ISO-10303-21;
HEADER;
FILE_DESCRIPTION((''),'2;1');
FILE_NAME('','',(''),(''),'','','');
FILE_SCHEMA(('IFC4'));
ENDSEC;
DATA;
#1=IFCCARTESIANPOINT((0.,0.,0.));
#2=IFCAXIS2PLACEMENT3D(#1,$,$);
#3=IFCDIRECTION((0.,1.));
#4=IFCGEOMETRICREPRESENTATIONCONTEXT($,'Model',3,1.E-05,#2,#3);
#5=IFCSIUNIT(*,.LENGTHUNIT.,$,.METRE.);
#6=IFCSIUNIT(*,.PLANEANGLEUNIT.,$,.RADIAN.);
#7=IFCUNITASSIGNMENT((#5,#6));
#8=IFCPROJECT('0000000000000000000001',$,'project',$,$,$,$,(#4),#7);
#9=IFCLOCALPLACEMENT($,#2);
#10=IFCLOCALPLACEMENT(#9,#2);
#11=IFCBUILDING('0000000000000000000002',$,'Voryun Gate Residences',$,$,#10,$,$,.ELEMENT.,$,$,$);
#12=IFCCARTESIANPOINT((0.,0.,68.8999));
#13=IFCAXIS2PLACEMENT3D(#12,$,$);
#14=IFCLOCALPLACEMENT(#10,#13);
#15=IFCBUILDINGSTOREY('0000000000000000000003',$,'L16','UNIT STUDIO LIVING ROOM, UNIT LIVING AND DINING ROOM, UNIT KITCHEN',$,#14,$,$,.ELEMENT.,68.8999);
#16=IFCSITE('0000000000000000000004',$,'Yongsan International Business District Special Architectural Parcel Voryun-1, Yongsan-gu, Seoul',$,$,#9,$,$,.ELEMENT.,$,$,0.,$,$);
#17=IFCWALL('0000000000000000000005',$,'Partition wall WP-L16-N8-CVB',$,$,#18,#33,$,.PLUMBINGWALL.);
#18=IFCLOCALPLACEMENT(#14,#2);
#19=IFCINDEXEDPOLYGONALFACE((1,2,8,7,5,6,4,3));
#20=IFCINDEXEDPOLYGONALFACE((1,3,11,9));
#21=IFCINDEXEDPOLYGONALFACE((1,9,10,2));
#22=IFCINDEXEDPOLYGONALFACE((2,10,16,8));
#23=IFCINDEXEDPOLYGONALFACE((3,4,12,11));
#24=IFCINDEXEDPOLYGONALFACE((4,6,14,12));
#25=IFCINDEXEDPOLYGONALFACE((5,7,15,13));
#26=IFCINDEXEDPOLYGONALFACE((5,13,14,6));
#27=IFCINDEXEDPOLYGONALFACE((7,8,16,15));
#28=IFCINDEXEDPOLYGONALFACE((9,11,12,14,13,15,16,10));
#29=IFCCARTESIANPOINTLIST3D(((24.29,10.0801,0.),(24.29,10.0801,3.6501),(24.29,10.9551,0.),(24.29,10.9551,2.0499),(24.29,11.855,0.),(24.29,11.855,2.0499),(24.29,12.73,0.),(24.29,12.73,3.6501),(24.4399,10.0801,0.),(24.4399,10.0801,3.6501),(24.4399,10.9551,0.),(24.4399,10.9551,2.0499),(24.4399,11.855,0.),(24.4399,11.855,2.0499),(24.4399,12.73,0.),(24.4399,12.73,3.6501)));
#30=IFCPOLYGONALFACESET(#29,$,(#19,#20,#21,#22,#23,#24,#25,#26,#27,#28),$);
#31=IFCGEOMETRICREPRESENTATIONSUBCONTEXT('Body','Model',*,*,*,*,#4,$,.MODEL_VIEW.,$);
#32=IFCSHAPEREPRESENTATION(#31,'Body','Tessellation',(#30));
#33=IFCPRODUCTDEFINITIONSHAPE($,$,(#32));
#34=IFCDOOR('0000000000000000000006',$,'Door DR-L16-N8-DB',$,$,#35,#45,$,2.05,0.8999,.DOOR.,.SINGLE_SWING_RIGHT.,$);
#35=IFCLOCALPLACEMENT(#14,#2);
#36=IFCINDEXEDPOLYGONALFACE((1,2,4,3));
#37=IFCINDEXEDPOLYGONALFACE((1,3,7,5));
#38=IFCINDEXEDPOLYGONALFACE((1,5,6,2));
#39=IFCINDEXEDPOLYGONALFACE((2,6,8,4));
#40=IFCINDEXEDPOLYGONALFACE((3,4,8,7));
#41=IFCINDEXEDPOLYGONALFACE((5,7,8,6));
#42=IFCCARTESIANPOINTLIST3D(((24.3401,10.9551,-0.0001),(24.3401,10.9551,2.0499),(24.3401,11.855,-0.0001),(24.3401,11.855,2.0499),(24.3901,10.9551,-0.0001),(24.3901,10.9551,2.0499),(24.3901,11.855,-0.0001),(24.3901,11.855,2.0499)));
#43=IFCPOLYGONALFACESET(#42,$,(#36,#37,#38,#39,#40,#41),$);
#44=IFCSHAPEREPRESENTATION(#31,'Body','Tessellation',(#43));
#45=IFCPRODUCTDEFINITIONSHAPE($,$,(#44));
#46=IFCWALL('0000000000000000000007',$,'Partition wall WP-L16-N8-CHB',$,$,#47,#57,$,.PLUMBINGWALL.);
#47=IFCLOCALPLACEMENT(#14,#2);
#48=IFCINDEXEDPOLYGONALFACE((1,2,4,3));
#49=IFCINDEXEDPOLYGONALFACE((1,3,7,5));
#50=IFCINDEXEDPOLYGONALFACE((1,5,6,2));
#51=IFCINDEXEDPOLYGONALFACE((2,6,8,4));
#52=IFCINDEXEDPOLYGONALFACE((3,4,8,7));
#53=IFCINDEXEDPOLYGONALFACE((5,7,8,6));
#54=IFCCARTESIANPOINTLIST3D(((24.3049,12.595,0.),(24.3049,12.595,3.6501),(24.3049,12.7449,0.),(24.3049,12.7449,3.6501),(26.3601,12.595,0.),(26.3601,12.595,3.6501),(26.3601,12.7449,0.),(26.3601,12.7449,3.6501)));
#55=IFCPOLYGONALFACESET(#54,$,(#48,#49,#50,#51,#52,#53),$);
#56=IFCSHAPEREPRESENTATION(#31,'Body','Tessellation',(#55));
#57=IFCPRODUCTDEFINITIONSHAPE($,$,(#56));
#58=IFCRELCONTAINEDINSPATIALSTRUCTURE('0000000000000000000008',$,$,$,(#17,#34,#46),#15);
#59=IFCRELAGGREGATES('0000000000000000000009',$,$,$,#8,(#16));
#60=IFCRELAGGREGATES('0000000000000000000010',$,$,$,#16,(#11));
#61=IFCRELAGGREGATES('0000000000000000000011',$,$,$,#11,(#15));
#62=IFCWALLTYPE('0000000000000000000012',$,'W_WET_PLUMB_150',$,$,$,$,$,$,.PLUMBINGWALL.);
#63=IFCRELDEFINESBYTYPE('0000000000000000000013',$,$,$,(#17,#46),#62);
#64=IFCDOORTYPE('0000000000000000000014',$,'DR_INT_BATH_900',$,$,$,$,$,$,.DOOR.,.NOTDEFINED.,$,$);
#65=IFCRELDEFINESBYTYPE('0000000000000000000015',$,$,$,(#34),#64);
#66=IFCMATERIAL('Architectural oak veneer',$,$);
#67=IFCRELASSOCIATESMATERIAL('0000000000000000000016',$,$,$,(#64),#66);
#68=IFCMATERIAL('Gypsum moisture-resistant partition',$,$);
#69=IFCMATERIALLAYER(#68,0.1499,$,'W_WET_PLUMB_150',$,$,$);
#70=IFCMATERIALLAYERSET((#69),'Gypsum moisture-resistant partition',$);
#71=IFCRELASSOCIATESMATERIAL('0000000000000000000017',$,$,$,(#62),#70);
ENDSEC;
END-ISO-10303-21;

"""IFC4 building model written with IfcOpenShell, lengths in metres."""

from ifc_helpers import new_model, si_unit, direction, frame, frame_2d, origin, place, context, subcontext, project, spatial, rectangle, extrude, material, layer, layer_set, type_object, element, fill, save


model = new_model("IFC4")

# Units and contexts
model_context = context("Model", 3, precision=1e-05, world=origin(), true_north=direction((0.0, 1.0)))
body_context = subcontext(model_context, "Body", "Model", "MODEL_VIEW")
ifc_project = project(units=[si_unit("LENGTHUNIT", "METRE"), si_unit("PLANEANGLEUNIT", "RADIAN")], contexts=[model_context])

# Site, building, storey
site_placement = place(None, origin())
site = spatial("IfcSite", under=ifc_project, at=site_placement, Name="Yongsan International Business District Special Architectural Parcel Voryun-1, Yongsan-gu, Seoul", CompositionType="ELEMENT", RefElevation=0.0)
building_placement = place(site_placement, origin())
building = spatial("IfcBuilding", under=site, at=building_placement, Name="Voryun Gate Residences", CompositionType="ELEMENT")
storey_placement = place(building_placement, frame((0.0, 0.0, 68.8999)))
storey = spatial("IfcBuildingStorey", under=building, at=storey_placement, Name="L16", Description="UNIT STUDIO LIVING ROOM, UNIT LIVING AND DINING ROOM, UNIT KITCHEN", CompositionType="ELEMENT", Elevation=68.8999)

# Shared definitions
ifc_material_1 = material(Name="Architectural oak veneer")
door_type = type_object("IfcDoorType", Name="DR_INT_BATH_900", OperationType="NOTDEFINED", PredefinedType="DOOR", material=ifc_material_1)

# Shared definitions
ifc_material_2 = material(Name="Gypsum moisture-resistant partition")
ifc_layer_1 = layer(ifc_material_2, 0.1499, Name="W_WET_PLUMB_150")
ifc_layer_set_1 = layer_set([ifc_layer_1], Name="Gypsum moisture-resistant partition")
wall_type_1 = type_object("IfcWallType", Name="W_WET_PLUMB_150", PredefinedType="PLUMBINGWALL", material=ifc_layer_set_1)

# Wall, opening, door
wall_1_placement = place(storey_placement, frame((24.365, 10.0801, 0.0), z_axis=(0.0, 0.0, 1.0), x_axis=(0.0, 1.0, 0.0)))
wall_1 = element("IfcWall", 1, at=wall_1_placement, inside=storey, type_object=wall_type_1, Name="Partition wall WP-L16-N8-CVB", PredefinedType="PLUMBINGWALL", context=body_context, shape_type="SweptSolid", body=[
    extrude(rectangle(XDim=2.6499, YDim=0.1499, at=frame_2d((1.325, 0.0))), origin(), (0.0, 0.0, 1.0), 3.6501),
])
opening_1_placement = place(wall_1_placement, frame((0.875, 0.0, 0.0)))
opening_1 = element("IfcOpeningElement", 2, at=opening_1_placement, cuts=wall_1, PredefinedType="OPENING", context=body_context, shape_type="SweptSolid", body=[
    extrude(rectangle(XDim=0.8999, YDim=2.05, at=frame_2d((0.45, 1.0249))), frame((0.0, 0.085, 0.0), z_axis=(0.0, -1.0, 0.0), x_axis=(1.0, 0.0, 0.0)), (0.0, 0.0, 1.0), 0.1699),
])
door_1_placement = place(opening_1_placement, origin())
door_1 = element("IfcDoor", 3, at=door_1_placement, inside=storey, type_object=door_type, Name="Door DR-L16-N8-DB", OperationType="SINGLE_SWING_RIGHT", OverallHeight=2.05, OverallWidth=0.8999, PredefinedType="DOOR", context=body_context, shape_type="SweptSolid", body=[
    extrude(rectangle(XDim=0.8999, YDim=2.05, at=frame_2d((0.45, 1.0249))), frame((0.0, 0.0249, 0.0), z_axis=(0.0, -1.0, 0.0), x_axis=(1.0, 0.0, 0.0)), (0.0, 0.0, 1.0), 0.05),
])
fill(opening_1, door_1)

# Wall
wall_2_placement = place(storey_placement, frame((24.3049, 12.6699, 0.0), z_axis=(0.0, 0.0, 1.0), x_axis=(1.0, 0.0, 0.0)))
element("IfcWall", 4, at=wall_2_placement, inside=storey, type_object=wall_type_1, Name="Partition wall WP-L16-N8-CHB", PredefinedType="PLUMBINGWALL", context=body_context, shape_type="SweptSolid", body=[
    extrude(rectangle(XDim=2.0552, YDim=0.1499, at=frame_2d((1.0276, 0.0))), origin(), (0.0, 0.0, 1.0), 3.6501),
])

save(model, "model.ifc")
